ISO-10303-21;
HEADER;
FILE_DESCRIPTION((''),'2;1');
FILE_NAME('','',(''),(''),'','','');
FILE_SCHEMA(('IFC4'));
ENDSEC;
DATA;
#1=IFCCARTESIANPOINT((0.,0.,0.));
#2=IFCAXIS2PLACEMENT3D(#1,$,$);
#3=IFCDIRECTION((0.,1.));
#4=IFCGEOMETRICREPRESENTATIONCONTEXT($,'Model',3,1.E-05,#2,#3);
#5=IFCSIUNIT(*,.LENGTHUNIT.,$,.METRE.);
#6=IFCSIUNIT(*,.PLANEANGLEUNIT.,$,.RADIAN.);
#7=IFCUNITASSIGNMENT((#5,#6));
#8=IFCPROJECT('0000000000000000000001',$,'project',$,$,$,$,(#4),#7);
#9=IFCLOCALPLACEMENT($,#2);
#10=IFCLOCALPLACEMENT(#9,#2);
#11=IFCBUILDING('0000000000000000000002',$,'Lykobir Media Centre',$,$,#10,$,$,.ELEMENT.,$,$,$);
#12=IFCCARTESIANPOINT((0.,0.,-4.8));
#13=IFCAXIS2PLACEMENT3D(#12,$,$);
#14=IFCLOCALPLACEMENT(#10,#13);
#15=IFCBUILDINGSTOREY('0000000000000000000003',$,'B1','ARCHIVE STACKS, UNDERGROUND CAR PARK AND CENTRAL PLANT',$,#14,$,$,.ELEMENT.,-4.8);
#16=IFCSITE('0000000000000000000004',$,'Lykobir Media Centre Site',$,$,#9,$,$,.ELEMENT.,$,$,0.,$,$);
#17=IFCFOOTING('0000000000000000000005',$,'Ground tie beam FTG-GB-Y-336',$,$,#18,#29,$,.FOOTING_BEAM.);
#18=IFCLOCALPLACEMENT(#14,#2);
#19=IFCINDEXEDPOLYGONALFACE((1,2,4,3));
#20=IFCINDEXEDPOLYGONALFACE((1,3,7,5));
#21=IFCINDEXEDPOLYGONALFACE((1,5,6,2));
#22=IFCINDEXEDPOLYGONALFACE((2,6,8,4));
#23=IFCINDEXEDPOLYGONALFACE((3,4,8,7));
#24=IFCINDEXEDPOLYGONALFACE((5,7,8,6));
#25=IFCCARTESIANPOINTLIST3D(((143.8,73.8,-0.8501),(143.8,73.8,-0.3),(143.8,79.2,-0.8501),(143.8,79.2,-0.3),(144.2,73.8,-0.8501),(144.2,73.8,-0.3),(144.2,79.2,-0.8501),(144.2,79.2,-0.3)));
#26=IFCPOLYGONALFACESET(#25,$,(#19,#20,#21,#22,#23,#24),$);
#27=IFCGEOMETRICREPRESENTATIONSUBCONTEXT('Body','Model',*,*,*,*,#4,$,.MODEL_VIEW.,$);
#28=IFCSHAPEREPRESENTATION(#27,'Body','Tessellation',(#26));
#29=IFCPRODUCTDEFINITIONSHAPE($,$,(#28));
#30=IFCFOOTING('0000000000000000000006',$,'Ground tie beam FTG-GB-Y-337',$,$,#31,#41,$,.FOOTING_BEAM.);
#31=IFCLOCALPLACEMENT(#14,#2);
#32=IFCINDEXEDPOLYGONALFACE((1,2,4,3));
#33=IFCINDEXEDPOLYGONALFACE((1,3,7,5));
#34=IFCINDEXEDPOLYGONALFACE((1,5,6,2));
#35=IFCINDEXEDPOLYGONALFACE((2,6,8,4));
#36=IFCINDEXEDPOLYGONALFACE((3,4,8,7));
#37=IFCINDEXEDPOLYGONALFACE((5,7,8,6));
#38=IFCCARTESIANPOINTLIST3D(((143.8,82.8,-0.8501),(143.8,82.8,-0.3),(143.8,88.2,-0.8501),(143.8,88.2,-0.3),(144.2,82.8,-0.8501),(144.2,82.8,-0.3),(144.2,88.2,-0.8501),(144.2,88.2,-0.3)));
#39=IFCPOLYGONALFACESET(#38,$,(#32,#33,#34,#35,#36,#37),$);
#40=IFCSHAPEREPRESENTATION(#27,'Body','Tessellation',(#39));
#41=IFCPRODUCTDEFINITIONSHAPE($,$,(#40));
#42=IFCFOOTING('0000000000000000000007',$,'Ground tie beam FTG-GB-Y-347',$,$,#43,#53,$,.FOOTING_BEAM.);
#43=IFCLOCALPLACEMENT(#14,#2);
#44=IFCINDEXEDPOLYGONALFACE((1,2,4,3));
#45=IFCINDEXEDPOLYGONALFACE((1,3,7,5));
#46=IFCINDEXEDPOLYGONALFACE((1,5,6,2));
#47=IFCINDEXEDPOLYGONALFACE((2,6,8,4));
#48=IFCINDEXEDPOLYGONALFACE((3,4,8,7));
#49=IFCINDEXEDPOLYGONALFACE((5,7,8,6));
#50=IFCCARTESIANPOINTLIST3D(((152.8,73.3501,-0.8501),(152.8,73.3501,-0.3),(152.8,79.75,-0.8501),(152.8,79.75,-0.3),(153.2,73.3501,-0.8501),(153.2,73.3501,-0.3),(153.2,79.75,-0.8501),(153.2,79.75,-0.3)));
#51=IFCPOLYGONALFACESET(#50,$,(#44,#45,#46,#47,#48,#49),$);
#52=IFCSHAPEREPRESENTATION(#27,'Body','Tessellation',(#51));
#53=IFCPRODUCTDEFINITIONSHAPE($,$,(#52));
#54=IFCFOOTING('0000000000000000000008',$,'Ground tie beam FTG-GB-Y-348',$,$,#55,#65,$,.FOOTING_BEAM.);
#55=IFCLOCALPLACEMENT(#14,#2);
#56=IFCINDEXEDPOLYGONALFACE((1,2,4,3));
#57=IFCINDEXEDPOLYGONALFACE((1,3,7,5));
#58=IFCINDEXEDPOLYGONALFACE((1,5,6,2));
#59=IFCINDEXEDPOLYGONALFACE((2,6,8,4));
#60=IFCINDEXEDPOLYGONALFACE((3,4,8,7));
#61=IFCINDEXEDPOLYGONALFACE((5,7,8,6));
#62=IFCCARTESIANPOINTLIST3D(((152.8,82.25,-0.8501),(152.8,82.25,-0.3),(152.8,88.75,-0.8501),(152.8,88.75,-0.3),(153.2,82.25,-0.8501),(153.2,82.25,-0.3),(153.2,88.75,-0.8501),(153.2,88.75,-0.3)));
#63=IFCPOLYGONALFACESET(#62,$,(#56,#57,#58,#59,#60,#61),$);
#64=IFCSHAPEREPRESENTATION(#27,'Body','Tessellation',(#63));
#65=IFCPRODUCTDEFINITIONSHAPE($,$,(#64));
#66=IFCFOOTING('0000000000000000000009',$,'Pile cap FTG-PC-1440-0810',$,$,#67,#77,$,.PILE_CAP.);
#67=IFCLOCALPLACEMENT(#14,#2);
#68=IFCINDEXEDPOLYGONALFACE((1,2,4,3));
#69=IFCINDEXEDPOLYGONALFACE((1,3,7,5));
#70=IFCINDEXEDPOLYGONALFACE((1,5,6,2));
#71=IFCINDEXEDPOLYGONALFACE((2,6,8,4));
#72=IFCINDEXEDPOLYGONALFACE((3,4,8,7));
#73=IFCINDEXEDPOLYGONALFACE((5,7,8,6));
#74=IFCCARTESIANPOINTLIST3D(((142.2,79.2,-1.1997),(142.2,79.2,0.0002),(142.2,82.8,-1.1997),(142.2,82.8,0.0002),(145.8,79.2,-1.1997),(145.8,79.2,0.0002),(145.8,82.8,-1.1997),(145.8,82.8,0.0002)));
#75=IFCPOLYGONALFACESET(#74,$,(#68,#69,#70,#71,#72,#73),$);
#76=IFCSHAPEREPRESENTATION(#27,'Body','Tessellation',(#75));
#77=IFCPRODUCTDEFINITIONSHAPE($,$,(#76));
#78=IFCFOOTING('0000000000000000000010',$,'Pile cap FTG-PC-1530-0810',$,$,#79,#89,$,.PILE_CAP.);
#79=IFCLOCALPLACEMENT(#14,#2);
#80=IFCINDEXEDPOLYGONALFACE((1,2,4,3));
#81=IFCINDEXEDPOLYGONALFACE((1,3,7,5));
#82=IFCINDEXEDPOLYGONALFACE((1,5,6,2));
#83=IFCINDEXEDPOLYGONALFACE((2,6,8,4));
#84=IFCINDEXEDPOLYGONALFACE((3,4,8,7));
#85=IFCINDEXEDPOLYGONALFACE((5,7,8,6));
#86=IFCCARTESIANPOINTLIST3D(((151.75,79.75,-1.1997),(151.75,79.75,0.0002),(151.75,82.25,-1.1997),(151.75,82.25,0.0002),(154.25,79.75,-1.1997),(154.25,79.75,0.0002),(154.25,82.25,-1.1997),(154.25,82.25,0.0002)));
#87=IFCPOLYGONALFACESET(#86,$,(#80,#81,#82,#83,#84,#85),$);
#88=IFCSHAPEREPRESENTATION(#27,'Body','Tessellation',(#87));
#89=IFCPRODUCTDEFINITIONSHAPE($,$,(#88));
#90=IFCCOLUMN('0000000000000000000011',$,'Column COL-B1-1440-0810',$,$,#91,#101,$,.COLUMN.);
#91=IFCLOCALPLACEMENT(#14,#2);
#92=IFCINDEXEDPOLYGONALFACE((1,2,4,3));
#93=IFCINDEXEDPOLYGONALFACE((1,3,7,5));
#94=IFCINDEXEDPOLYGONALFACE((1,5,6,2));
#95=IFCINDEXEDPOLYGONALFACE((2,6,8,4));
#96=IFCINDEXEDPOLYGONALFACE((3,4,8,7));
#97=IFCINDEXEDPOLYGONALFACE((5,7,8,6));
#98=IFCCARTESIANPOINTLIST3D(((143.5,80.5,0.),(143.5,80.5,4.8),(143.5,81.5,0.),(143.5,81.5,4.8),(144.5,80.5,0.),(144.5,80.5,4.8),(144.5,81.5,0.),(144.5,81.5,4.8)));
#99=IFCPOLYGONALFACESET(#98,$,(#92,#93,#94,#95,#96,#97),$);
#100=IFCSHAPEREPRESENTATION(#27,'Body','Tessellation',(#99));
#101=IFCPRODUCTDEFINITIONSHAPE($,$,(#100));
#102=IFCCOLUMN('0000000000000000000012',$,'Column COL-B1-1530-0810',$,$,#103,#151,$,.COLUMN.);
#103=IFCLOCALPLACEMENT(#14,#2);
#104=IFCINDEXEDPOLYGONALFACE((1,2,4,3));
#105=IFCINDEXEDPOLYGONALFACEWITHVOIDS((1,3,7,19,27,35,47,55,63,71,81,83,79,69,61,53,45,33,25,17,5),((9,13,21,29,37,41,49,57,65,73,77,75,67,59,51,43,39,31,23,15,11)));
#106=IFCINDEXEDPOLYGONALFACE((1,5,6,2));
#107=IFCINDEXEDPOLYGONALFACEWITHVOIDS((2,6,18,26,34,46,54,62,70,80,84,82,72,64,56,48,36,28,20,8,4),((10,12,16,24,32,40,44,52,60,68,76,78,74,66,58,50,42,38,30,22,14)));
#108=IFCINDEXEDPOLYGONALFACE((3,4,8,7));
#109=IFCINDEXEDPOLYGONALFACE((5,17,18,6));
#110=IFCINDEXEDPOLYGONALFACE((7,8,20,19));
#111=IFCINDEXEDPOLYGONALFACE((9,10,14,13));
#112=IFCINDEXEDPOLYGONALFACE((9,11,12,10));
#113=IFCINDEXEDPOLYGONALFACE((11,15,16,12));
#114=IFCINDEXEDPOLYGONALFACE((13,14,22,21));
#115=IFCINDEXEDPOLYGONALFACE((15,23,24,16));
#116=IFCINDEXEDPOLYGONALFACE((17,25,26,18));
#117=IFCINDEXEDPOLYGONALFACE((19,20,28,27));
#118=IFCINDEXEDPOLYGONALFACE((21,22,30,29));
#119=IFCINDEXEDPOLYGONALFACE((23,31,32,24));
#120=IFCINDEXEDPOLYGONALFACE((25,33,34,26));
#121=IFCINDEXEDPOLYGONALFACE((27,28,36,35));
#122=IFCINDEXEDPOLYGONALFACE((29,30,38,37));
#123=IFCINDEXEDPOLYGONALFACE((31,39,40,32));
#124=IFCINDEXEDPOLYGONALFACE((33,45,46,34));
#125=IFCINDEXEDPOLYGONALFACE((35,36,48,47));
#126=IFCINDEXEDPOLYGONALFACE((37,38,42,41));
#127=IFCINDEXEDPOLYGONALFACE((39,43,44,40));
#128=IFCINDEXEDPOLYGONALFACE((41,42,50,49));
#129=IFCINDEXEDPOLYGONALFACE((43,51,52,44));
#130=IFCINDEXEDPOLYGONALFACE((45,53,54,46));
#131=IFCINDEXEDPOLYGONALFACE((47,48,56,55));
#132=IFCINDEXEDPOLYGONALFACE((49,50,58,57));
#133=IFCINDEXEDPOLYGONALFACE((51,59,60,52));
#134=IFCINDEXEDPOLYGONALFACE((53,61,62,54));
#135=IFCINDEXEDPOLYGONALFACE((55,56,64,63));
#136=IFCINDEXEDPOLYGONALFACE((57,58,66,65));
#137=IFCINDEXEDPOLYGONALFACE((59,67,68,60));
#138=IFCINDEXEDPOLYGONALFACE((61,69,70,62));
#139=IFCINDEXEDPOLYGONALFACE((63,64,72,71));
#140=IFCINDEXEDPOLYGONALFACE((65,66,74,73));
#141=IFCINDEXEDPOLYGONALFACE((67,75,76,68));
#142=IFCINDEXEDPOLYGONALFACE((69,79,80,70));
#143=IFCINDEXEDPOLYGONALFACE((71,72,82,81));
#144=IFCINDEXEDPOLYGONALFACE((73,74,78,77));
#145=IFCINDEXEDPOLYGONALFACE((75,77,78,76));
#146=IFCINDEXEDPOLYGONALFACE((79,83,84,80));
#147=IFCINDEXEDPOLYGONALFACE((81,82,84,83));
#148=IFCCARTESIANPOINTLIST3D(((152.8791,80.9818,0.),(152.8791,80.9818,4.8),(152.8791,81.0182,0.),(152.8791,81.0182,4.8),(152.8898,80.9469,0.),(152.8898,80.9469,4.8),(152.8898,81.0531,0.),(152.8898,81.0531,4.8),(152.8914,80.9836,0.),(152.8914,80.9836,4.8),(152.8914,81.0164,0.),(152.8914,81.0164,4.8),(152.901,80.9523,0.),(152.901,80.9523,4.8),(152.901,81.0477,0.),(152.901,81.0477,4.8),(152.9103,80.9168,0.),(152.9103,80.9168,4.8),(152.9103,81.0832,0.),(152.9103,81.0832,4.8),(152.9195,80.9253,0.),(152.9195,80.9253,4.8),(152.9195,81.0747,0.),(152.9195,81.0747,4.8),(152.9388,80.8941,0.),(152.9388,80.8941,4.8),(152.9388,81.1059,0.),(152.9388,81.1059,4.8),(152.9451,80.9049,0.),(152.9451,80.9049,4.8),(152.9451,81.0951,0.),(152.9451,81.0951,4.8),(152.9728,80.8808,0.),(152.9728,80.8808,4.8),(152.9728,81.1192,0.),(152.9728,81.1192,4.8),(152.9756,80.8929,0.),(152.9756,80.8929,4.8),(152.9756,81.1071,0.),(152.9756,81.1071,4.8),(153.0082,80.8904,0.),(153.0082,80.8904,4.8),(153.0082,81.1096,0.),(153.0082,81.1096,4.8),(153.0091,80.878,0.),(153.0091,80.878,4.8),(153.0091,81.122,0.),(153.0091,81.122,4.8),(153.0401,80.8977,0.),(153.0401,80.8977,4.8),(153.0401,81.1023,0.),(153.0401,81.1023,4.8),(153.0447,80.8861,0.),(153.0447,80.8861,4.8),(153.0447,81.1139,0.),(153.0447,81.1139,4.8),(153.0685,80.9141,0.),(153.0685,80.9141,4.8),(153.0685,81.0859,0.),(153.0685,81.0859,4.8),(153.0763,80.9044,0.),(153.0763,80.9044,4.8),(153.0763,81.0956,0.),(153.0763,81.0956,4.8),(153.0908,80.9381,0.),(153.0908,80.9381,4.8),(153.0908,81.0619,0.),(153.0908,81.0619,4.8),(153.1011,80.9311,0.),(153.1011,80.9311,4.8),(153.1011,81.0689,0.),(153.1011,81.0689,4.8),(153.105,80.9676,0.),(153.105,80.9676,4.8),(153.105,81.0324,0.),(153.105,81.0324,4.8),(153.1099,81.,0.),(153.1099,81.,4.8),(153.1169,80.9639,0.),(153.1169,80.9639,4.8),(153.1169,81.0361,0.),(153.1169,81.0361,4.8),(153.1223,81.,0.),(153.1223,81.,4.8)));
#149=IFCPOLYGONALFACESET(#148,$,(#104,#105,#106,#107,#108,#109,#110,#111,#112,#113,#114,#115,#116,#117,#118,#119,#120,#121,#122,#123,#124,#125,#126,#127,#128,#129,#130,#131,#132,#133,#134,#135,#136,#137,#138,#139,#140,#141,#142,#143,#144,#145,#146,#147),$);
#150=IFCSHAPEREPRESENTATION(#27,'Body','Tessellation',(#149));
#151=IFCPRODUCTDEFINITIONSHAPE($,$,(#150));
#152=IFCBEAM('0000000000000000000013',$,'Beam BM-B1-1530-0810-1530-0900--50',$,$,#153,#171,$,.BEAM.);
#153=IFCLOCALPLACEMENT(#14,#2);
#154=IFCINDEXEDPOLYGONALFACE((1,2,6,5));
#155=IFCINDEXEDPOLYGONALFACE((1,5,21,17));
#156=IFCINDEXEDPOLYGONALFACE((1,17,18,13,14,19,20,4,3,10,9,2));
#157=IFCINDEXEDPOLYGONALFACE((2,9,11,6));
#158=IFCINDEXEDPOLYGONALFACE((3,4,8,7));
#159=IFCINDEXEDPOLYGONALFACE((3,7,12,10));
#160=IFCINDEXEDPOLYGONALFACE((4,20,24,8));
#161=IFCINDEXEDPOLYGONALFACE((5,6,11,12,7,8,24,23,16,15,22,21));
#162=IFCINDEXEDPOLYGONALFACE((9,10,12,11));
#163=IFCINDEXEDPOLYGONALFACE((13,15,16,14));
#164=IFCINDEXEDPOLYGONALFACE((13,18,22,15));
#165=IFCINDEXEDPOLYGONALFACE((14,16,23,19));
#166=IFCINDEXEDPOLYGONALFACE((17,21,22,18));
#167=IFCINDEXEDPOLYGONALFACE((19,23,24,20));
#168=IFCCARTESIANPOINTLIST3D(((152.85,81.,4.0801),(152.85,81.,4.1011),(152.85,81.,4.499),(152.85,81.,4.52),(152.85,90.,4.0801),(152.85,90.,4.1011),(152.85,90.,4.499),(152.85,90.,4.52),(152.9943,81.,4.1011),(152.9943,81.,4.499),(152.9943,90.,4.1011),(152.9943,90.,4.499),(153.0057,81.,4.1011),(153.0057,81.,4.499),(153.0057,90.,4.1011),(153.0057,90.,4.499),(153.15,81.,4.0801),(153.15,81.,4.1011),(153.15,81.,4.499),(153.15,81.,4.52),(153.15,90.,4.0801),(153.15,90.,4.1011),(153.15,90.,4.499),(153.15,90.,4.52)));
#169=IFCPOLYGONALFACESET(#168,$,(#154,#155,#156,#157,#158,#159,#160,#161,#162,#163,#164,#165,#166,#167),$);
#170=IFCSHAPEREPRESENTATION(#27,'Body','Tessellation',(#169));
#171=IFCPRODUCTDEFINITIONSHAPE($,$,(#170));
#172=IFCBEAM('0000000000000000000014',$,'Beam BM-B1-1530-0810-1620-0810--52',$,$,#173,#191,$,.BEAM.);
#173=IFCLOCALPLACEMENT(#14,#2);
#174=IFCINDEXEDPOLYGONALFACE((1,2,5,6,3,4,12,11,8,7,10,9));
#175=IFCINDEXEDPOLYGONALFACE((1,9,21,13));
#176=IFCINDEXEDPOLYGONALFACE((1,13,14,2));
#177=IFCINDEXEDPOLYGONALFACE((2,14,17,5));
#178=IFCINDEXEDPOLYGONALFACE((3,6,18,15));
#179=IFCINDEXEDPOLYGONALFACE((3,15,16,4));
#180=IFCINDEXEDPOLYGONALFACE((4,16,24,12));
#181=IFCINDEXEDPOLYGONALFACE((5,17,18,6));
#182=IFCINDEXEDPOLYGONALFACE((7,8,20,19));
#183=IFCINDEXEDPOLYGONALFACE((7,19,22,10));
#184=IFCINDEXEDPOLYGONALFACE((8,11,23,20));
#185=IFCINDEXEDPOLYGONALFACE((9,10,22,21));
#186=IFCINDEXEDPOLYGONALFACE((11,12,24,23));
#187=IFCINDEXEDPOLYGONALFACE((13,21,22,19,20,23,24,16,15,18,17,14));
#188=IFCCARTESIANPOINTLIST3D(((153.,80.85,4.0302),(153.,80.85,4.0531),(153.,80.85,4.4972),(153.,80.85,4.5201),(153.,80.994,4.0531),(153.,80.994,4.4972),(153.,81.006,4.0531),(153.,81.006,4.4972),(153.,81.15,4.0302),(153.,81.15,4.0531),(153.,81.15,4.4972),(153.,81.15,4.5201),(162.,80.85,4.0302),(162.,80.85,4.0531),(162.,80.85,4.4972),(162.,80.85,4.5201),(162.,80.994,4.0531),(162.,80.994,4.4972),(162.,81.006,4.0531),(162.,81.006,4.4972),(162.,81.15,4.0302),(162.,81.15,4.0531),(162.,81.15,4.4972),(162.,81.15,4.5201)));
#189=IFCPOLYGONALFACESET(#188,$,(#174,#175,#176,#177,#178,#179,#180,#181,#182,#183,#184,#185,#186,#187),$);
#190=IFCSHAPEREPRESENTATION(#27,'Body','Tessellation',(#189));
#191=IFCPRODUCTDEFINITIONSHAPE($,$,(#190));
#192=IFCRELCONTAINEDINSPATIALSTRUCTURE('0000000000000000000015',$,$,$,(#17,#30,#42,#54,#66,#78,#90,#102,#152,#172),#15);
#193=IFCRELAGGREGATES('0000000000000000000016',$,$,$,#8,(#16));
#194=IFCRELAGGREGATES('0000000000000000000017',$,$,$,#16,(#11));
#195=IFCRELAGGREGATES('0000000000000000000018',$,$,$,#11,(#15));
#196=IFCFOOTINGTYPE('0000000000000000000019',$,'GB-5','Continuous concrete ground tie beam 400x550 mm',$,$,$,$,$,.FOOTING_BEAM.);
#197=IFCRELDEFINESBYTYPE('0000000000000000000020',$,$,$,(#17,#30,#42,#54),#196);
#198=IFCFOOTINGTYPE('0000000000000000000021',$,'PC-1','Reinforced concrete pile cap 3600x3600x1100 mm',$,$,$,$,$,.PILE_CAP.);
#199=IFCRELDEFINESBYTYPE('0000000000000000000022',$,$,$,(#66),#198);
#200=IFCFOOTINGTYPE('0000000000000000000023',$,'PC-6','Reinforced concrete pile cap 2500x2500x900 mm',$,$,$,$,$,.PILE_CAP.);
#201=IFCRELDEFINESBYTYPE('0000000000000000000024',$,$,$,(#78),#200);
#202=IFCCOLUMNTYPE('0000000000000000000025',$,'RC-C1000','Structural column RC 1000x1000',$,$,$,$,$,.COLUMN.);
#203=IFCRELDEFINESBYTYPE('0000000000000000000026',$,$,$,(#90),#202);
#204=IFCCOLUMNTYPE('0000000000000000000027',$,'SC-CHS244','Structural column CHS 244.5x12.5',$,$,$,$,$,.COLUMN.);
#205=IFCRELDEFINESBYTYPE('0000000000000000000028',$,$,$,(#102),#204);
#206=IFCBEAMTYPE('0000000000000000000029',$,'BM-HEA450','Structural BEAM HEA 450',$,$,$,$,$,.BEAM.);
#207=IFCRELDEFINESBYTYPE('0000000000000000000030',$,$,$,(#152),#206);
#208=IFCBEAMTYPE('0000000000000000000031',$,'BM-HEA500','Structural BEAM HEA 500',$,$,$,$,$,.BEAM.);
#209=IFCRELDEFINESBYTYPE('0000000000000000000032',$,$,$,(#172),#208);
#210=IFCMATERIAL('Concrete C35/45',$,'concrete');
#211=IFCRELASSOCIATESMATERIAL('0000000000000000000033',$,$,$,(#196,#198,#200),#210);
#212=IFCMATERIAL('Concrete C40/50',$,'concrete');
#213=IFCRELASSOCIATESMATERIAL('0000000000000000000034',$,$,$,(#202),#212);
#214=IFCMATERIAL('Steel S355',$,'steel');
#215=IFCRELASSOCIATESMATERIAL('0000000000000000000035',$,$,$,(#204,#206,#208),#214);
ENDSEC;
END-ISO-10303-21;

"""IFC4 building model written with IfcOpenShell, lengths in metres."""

from ifc_helpers import new_model, si_unit, direction, frame, origin, origin_2d, place, context, subcontext, project, spatial, rectangle, hollow_circle, i_section, extrude, material, material_profile, profile_set, type_object, element, save


model = new_model("IFC4")

# Units and contexts
model_context = context("Model", 3, precision=1e-05, world=origin(), true_north=direction((0.0, 1.0)))
body_context = subcontext(model_context, "Body", "Model", "MODEL_VIEW")
ifc_project = project(units=[si_unit("LENGTHUNIT", "METRE"), si_unit("PLANEANGLEUNIT", "RADIAN")], contexts=[model_context])

# Site, building, storey
site_placement = place(None, origin())
site = spatial("IfcSite", under=ifc_project, at=site_placement, Name="Lykobir Media Centre Site", CompositionType="ELEMENT", RefElevation=0.0)
building_placement = place(site_placement, origin())
building = spatial("IfcBuilding", under=site, at=building_placement, Name="Lykobir Media Centre", CompositionType="ELEMENT")
storey_placement = place(building_placement, frame((0.0, 0.0, -4.8)))
storey = spatial("IfcBuildingStorey", under=building, at=storey_placement, Name="B1", Description="ARCHIVE STACKS, UNDERGROUND CAR PARK AND CENTRAL PLANT", CompositionType="ELEMENT", Elevation=-4.8)

# Footings
ifc_material_1 = material(Name="Concrete C35/45", Category="concrete")
footing_type_1 = type_object("IfcFootingType", Name="GB-5", Description="Continuous concrete ground tie beam 400x550 mm", PredefinedType="FOOTING_BEAM", material=ifc_material_1)
for number, where, z_axis, x_axis, name in (
    (1, (144.0, 76.5, -0.8501), (0.0, 0.0, 1.0), (0.0, 1.0, 0.0), "Ground tie beam FTG-GB-Y-336"),
    (2, (144.0, 85.5, -0.8501), (0.0, 0.0, 1.0), (0.0, 1.0, 0.0), "Ground tie beam FTG-GB-Y-337"),
):
    element("IfcFooting", number, at=place(storey_placement, frame(where, z_axis=z_axis, x_axis=x_axis)), inside=storey, type_object=footing_type_1, Name=name, PredefinedType="FOOTING_BEAM", context=body_context, shape_type="SweptSolid", body=[
        extrude(rectangle(XDim=5.3999, YDim=0.3999, at=origin_2d()), origin(), (0.0, 0.0, 1.0), 0.55),
    ])
footing_1_placement = place(storey_placement, frame((153.0, 76.55, -0.8501), z_axis=(0.0, 0.0, 1.0), x_axis=(0.0, 1.0, 0.0)))
element("IfcFooting", 3, at=footing_1_placement, inside=storey, type_object=footing_type_1, Name="Ground tie beam FTG-GB-Y-347", PredefinedType="FOOTING_BEAM", context=body_context, shape_type="SweptSolid", body=[
    extrude(rectangle(XDim=6.3999, YDim=0.3999, at=origin_2d()), origin(), (0.0, 0.0, 1.0), 0.55),
])
footing_2_placement = place(storey_placement, frame((153.0, 85.5, -0.8501), z_axis=(0.0, 0.0, 1.0), x_axis=(0.0, 1.0, 0.0)))
element("IfcFooting", 4, at=footing_2_placement, inside=storey, type_object=footing_type_1, Name="Ground tie beam FTG-GB-Y-348", PredefinedType="FOOTING_BEAM", context=body_context, shape_type="SweptSolid", body=[
    extrude(rectangle(XDim=6.5, YDim=0.3999, at=origin_2d()), origin(), (0.0, 0.0, 1.0), 0.55),
])
footing_type_2 = type_object("IfcFootingType", Name="PC-1", Description="Reinforced concrete pile cap 3600x3600x1100 mm", PredefinedType="PILE_CAP", material=ifc_material_1)
footing_3_placement = place(storey_placement, frame((144.0, 81.0, -1.1997), z_axis=(0.0, 0.0, 1.0), x_axis=(1.0, 0.0, 0.0)))
element("IfcFooting", 5, at=footing_3_placement, inside=storey, type_object=footing_type_2, Name="Pile cap FTG-PC-1440-0810", PredefinedType="PILE_CAP", context=body_context, shape_type="SweptSolid", body=[
    extrude(rectangle(XDim=3.6001, YDim=3.6001, at=origin_2d()), origin(), (0.0, 0.0, 1.0), 1.2),
])
footing_type_3 = type_object("IfcFootingType", Name="PC-6", Description="Reinforced concrete pile cap 2500x2500x900 mm", PredefinedType="PILE_CAP", material=ifc_material_1)
footing_4_placement = place(storey_placement, frame((153.0, 81.0, -1.1997), z_axis=(0.0, 0.0, 1.0), x_axis=(1.0, 0.0, 0.0)))
element("IfcFooting", 6, at=footing_4_placement, inside=storey, type_object=footing_type_3, Name="Pile cap FTG-PC-1530-0810", PredefinedType="PILE_CAP", context=body_context, shape_type="SweptSolid", body=[
    extrude(rectangle(XDim=2.5, YDim=2.5, at=origin_2d()), origin(), (0.0, 0.0, 1.0), 1.2),
])

# Columns
ifc_material_2 = material(Name="Concrete C40/50", Category="concrete")
ifc_material_profile_1 = material_profile(ifc_material_2, rectangle(XDim=1.0, YDim=1.0, at=origin_2d()), Name="RC 1000x1000")
ifc_profile_set_1 = profile_set([ifc_material_profile_1], Name="Concrete C40/50")
column_type_1 = type_object("IfcColumnType", Name="RC-C1000", Description="Structural column RC 1000x1000", PredefinedType="COLUMN", material=ifc_profile_set_1)
column_1_placement = place(storey_placement, frame((144.0, 81.0, 0.0), z_axis=(0.0, 0.0, 1.0), x_axis=(1.0, 0.0, 0.0)))
element("IfcColumn", 7, at=column_1_placement, inside=storey, type_object=column_type_1, Name="Column COL-B1-1440-0810", PredefinedType="COLUMN", context=body_context, shape_type="SweptSolid", body=[
    extrude(rectangle(XDim=1.0, YDim=1.0, at=origin_2d()), origin(), (0.0, 0.0, 1.0), 4.8),
])
ifc_material_3 = material(Name="Steel S355", Category="steel")
ifc_material_profile_2 = material_profile(ifc_material_3, hollow_circle(Radius=0.1223, WallThickness=0.0125, at=origin_2d()), Name="CHS 244.5x12.5")
ifc_profile_set_2 = profile_set([ifc_material_profile_2], Name="Steel S355")
column_type_2 = type_object("IfcColumnType", Name="SC-CHS244", Description="Structural column CHS 244.5x12.5", PredefinedType="COLUMN", material=ifc_profile_set_2)
column_2_placement = place(storey_placement, frame((153.0, 81.0, 0.0), z_axis=(0.0, 0.0, 1.0), x_axis=(1.0, 0.0, 0.0)))
element("IfcColumn", 8, at=column_2_placement, inside=storey, type_object=column_type_2, Name="Column COL-B1-1530-0810", PredefinedType="COLUMN", context=body_context, shape_type="SweptSolid", body=[
    extrude(hollow_circle(Radius=0.1223, WallThickness=0.0125, at=origin_2d()), origin(), (0.0, 0.0, 1.0), 4.8),
])

# Beams
ifc_material_profile_3 = material_profile(ifc_material_3, i_section(OverallWidth=0.3, OverallDepth=0.4399, WebThickness=0.0115, FlangeThickness=0.021, at=origin_2d()), Name="HEA 450")
ifc_profile_set_3 = profile_set([ifc_material_profile_3], Name="Steel S355")
beam_type_1 = type_object("IfcBeamType", Name="BM-HEA450", Description="Structural BEAM HEA 450", PredefinedType="BEAM", material=ifc_profile_set_3)
beam_1_placement = place(storey_placement, frame((153.0, 81.0, 4.3), z_axis=(0.0, 1.0, 0.0), x_axis=(-1.0, 0.0, 0.0)))
element("IfcBeam", 9, at=beam_1_placement, inside=storey, type_object=beam_type_1, Name="Beam BM-B1-1530-0810-1530-0900--50", PredefinedType="BEAM", context=body_context, shape_type="SweptSolid", body=[
    extrude(i_section(OverallWidth=0.3, OverallDepth=0.4399, WebThickness=0.0115, FlangeThickness=0.021, at=origin_2d()), origin(), (0.0, 0.0, 1.0), 9.0),
])
ifc_material_profile_4 = material_profile(ifc_material_3, i_section(OverallWidth=0.3, OverallDepth=0.49, WebThickness=0.012, FlangeThickness=0.0229, at=origin_2d()), Name="HEA 500")
ifc_profile_set_4 = profile_set([ifc_material_profile_4], Name="Steel S355")
beam_type_2 = type_object("IfcBeamType", Name="BM-HEA500", Description="Structural BEAM HEA 500", PredefinedType="BEAM", material=ifc_profile_set_4)
beam_2_placement = place(storey_placement, frame((153.0, 81.0, 4.2751), z_axis=(1.0, 0.0, 0.0), x_axis=(0.0, 1.0, 0.0)))
element("IfcBeam", 10, at=beam_2_placement, inside=storey, type_object=beam_type_2, Name="Beam BM-B1-1530-0810-1620-0810--52", PredefinedType="BEAM", context=body_context, shape_type="SweptSolid", body=[
    extrude(i_section(OverallWidth=0.3, OverallDepth=0.49, WebThickness=0.012, FlangeThickness=0.0229, at=origin_2d()), origin(), (0.0, 0.0, 1.0), 9.0),
])

save(model, "model.ifc")
